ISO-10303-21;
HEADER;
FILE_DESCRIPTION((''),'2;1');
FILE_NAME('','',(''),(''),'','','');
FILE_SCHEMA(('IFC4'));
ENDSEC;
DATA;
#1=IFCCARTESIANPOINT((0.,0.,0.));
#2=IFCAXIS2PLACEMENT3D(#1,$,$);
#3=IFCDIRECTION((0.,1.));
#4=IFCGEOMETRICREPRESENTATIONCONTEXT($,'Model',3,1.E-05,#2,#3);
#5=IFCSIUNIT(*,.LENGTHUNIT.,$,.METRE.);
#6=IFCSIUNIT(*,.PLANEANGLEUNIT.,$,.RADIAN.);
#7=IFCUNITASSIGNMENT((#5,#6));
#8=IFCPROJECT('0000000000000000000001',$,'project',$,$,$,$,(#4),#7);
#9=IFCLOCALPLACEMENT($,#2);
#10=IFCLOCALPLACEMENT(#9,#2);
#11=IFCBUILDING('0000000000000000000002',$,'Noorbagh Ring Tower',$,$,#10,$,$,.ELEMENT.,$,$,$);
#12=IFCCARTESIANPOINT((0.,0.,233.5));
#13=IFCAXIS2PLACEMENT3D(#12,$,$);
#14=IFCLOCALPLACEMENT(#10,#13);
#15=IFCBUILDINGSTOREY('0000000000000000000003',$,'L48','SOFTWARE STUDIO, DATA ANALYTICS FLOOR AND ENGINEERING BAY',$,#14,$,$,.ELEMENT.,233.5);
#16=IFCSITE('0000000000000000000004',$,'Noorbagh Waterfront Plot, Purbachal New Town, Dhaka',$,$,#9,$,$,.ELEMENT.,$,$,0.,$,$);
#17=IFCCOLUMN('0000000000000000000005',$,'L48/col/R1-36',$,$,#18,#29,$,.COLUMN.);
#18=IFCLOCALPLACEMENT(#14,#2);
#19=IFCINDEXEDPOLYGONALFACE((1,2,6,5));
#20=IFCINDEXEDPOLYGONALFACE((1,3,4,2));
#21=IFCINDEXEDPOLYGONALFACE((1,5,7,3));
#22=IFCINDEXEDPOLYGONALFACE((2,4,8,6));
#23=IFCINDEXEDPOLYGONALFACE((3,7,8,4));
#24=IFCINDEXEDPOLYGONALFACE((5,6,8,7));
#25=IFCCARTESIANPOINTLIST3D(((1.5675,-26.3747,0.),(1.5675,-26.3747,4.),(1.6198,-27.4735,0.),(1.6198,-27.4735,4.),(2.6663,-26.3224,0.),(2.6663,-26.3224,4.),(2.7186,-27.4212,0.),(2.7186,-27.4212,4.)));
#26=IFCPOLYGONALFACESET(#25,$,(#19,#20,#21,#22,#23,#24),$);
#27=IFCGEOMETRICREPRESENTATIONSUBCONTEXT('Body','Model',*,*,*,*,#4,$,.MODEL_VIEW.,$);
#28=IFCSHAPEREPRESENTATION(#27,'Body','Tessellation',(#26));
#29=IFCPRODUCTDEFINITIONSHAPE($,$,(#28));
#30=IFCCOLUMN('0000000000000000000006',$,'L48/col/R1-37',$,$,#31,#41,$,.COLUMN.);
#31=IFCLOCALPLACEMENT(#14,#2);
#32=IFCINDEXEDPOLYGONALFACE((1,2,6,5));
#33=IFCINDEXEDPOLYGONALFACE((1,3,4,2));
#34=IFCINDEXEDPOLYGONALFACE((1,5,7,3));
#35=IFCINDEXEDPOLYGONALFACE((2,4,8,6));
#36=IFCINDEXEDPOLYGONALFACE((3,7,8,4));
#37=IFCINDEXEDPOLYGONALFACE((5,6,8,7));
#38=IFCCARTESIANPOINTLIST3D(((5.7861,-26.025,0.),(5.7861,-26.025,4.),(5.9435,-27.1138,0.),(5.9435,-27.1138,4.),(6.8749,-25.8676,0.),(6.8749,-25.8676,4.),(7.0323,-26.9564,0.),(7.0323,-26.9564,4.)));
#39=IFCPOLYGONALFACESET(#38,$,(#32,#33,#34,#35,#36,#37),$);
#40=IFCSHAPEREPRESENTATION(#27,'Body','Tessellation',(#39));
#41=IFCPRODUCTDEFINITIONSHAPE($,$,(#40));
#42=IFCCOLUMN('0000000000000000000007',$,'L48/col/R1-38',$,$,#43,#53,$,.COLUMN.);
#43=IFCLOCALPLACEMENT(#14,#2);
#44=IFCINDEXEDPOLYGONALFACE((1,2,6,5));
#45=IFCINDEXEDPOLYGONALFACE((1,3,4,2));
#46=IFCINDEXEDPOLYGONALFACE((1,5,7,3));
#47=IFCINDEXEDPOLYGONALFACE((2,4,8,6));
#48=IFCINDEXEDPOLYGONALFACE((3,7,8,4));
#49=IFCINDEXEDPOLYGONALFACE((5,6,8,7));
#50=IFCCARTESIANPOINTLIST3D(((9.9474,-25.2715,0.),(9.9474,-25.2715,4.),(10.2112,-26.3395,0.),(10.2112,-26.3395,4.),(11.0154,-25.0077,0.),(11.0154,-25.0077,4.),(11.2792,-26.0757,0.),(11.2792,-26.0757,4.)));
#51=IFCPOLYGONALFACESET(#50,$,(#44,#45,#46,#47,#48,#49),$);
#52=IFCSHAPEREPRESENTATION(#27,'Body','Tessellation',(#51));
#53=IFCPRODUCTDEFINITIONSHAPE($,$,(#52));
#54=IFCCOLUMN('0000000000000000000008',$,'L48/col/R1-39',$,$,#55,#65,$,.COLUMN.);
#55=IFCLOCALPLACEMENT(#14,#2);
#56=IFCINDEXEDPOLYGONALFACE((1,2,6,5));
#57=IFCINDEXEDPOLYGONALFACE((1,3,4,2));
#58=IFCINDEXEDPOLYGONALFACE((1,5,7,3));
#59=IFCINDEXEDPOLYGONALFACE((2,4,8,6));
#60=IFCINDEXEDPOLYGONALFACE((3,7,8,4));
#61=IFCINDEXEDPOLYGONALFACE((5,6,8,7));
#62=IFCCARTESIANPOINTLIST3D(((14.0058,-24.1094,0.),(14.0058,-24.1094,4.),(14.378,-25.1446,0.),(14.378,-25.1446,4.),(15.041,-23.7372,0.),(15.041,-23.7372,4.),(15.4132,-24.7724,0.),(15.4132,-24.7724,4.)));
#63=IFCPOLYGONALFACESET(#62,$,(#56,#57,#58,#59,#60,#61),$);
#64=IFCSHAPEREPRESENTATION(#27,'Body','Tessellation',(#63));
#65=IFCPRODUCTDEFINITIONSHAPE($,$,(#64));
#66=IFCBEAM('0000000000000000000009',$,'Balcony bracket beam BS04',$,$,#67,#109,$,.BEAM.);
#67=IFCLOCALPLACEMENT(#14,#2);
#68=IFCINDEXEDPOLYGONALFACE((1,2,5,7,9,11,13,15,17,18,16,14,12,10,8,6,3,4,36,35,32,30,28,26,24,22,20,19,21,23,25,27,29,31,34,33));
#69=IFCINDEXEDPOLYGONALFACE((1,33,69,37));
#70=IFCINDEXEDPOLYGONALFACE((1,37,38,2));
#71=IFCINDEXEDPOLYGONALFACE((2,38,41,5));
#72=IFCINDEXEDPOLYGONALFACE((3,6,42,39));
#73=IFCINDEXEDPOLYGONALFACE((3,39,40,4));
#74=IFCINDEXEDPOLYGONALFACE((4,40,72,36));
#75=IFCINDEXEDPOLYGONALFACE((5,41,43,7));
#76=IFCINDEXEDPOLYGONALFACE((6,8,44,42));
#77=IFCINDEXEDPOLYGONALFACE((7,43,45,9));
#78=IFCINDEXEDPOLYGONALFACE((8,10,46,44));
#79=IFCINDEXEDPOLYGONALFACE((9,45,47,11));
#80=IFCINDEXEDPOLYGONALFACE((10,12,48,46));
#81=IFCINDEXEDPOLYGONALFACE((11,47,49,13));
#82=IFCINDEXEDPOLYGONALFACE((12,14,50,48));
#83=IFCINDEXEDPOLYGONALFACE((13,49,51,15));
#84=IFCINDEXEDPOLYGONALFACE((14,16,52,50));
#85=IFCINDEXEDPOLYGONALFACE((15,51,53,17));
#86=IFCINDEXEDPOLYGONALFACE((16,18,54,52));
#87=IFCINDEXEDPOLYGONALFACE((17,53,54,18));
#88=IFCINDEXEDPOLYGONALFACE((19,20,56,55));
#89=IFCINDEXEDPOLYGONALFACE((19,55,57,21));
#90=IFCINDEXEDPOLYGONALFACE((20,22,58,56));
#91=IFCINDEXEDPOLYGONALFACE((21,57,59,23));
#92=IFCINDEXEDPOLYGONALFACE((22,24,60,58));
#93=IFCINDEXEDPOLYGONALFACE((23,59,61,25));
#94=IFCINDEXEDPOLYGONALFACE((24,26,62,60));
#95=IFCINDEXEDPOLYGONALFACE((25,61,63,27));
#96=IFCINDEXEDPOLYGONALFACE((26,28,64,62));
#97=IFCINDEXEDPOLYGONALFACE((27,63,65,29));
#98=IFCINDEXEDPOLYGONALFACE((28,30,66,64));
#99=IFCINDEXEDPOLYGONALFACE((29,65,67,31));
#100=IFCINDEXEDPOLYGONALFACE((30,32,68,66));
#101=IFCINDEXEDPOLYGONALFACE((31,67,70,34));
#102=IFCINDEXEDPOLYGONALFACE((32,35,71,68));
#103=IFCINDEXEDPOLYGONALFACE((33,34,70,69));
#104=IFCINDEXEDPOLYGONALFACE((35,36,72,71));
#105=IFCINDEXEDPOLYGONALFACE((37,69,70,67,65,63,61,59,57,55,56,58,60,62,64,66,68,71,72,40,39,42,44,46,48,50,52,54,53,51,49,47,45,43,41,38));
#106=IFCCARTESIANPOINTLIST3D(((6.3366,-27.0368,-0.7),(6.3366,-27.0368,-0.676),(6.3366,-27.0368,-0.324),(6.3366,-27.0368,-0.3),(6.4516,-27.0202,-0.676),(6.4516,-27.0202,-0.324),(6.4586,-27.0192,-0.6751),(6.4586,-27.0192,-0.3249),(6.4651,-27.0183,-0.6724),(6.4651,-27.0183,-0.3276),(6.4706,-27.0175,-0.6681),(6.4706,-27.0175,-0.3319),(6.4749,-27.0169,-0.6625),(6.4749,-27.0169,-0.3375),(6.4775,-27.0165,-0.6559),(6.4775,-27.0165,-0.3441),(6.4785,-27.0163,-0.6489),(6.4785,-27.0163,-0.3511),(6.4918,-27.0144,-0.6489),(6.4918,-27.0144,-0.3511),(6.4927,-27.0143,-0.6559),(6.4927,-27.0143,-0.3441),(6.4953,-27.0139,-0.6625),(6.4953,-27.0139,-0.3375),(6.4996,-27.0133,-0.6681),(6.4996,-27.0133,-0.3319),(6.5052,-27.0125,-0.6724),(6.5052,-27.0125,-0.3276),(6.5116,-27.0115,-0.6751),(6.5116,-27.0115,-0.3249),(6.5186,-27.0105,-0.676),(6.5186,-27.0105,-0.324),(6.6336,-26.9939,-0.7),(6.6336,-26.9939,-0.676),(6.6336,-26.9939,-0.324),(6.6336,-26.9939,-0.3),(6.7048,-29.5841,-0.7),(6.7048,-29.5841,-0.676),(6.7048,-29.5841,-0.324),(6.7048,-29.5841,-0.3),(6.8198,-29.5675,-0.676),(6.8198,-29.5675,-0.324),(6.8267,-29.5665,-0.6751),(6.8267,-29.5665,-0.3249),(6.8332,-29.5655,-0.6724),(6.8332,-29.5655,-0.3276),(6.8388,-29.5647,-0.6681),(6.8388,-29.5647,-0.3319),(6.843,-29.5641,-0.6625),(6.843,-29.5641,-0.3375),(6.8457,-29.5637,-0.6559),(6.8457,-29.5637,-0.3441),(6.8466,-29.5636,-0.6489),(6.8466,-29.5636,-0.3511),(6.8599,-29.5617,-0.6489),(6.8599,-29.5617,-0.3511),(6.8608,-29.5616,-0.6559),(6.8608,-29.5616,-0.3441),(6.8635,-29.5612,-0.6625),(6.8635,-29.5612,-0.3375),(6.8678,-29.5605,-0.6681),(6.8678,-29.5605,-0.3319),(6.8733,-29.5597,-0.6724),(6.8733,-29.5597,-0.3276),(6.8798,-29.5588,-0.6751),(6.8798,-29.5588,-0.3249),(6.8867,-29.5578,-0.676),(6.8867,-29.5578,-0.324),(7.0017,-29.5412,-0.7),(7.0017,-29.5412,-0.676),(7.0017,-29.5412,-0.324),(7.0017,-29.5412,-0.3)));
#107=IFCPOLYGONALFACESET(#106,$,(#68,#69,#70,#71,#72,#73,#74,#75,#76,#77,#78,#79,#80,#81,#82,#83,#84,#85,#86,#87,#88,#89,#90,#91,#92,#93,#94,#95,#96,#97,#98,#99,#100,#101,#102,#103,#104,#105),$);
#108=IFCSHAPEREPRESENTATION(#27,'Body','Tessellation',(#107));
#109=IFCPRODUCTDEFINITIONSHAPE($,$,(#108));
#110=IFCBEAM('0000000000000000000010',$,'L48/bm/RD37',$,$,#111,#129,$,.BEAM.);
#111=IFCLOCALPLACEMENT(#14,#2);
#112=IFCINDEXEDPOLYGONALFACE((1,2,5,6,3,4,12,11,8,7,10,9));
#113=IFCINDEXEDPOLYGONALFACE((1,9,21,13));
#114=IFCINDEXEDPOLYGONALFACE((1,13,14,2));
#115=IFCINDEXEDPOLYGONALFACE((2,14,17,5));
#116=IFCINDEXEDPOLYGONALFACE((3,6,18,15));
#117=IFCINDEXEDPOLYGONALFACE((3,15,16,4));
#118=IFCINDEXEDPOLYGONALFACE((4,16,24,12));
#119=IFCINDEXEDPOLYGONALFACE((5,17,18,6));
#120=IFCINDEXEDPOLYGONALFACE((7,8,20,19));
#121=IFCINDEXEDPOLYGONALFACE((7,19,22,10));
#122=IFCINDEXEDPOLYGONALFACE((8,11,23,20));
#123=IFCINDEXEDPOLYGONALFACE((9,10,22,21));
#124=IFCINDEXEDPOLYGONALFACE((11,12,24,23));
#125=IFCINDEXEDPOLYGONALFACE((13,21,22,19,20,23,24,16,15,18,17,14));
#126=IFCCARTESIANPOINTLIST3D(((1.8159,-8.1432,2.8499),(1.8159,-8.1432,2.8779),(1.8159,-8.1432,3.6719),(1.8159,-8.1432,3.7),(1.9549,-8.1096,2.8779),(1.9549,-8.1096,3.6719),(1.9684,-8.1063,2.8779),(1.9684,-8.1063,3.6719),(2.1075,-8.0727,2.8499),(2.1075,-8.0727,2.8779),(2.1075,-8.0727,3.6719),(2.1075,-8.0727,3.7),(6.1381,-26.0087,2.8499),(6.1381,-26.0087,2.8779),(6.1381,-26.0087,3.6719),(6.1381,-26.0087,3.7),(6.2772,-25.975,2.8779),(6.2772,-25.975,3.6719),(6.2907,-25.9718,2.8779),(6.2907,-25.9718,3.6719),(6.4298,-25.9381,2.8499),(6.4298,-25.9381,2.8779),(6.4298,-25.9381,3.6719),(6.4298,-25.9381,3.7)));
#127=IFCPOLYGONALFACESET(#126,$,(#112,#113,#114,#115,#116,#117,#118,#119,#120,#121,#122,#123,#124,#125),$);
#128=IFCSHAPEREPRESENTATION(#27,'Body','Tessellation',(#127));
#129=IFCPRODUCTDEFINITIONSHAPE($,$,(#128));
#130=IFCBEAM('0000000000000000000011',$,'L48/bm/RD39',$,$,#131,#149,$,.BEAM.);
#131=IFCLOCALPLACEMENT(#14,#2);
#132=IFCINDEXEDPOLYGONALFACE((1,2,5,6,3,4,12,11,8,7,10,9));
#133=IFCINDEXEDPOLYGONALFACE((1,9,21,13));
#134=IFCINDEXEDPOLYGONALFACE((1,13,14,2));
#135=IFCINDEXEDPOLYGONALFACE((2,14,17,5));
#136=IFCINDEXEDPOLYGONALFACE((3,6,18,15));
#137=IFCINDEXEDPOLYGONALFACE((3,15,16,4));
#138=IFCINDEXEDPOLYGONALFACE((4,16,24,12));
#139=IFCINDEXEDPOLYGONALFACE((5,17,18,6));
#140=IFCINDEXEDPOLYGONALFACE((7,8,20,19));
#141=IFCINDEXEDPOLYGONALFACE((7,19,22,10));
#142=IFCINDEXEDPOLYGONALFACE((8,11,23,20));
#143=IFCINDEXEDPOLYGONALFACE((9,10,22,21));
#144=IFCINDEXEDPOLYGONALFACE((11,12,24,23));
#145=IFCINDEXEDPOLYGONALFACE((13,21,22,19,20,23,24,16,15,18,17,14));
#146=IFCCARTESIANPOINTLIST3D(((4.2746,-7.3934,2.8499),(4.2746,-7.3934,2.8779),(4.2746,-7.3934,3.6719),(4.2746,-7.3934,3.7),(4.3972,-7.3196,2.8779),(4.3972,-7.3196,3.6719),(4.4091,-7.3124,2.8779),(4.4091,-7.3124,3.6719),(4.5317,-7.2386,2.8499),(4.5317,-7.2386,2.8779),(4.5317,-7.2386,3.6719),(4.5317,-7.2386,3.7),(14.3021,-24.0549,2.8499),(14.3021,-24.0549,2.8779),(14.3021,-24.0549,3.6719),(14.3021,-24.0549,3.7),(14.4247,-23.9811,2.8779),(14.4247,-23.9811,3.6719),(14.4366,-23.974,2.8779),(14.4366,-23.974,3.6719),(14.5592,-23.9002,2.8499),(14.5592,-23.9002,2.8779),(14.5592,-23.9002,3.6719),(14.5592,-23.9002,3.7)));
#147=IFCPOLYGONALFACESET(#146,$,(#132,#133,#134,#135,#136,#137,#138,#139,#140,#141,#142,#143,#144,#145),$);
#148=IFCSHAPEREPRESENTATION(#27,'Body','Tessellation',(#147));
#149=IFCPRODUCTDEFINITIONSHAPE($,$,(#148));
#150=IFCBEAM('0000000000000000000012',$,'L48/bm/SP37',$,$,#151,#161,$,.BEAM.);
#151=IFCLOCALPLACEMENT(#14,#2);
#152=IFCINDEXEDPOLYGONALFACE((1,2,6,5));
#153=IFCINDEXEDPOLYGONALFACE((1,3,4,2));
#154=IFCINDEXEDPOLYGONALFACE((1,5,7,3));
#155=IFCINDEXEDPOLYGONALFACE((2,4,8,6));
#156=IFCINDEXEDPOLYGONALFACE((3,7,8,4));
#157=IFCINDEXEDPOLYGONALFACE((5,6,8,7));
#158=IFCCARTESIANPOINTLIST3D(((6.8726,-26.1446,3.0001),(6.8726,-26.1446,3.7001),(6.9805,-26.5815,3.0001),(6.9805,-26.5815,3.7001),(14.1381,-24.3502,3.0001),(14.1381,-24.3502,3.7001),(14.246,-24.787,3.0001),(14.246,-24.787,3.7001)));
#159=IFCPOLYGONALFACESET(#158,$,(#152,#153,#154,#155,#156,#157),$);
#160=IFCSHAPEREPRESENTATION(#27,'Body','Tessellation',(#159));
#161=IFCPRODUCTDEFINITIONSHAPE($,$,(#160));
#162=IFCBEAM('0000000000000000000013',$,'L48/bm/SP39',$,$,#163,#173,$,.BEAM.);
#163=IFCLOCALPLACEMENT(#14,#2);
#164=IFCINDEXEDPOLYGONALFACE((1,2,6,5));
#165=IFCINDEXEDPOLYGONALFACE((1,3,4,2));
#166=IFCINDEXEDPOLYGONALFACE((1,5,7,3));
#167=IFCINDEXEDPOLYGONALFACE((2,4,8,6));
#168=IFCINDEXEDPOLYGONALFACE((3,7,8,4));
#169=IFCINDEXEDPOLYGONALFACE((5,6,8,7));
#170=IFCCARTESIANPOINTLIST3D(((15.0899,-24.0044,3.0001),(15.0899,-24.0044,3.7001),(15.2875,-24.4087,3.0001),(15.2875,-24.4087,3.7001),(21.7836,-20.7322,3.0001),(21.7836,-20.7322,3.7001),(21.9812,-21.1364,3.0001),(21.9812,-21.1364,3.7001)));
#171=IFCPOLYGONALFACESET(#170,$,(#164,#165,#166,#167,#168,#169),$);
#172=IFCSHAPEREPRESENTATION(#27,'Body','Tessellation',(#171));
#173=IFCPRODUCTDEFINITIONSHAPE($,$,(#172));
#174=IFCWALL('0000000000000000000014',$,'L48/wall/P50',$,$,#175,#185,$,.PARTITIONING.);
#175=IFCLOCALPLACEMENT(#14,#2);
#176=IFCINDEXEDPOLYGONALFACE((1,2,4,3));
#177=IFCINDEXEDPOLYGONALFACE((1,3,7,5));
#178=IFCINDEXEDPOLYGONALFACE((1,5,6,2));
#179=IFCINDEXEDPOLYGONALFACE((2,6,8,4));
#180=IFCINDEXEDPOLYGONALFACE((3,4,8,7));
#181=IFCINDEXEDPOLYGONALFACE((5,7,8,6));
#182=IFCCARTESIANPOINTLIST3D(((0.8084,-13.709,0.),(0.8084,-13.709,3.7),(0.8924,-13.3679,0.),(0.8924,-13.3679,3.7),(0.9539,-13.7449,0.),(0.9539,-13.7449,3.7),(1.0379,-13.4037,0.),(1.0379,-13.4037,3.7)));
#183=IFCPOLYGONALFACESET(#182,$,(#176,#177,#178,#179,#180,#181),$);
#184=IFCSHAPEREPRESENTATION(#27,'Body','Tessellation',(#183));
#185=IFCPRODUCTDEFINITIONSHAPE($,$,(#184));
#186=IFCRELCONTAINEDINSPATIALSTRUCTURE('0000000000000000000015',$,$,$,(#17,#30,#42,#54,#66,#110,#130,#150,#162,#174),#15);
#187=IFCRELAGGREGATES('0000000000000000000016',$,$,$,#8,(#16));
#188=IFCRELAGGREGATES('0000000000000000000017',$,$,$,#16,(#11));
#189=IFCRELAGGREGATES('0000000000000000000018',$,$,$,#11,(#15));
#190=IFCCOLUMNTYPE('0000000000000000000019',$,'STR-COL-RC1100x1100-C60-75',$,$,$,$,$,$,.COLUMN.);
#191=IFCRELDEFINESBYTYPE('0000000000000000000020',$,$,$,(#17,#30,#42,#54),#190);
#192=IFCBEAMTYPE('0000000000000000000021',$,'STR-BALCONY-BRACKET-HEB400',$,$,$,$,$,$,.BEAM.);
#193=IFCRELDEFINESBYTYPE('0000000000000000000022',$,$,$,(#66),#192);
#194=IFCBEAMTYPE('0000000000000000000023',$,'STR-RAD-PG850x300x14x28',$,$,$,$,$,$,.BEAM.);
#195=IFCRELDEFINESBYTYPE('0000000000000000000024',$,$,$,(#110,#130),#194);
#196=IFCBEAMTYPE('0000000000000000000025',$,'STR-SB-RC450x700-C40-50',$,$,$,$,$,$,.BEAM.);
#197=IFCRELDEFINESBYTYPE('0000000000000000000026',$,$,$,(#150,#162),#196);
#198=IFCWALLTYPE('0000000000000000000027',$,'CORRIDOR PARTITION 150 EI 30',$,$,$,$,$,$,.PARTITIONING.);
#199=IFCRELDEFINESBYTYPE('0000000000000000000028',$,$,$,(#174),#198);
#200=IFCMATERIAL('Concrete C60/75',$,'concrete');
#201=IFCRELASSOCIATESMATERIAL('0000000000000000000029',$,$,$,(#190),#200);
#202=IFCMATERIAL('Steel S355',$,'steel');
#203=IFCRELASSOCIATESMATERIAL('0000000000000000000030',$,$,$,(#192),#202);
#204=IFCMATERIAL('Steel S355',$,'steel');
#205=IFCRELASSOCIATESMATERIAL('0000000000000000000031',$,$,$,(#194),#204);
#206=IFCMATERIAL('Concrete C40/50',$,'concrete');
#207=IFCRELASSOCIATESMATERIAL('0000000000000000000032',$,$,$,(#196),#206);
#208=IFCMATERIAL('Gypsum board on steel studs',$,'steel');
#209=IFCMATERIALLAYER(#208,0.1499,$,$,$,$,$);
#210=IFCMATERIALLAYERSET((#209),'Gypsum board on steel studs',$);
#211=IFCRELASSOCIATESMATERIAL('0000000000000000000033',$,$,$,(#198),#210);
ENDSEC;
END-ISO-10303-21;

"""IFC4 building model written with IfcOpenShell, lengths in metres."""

from ifc_helpers import new_model, si_unit, direction, frame, frame_2d, origin, origin_2d, place, context, subcontext, project, spatial, rectangle, i_section, extrude, material, layer, layer_set, material_profile, profile_set, type_object, element, save


model = new_model("IFC4")

# Units and contexts
model_context = context("Model", 3, precision=1e-05, world=origin(), true_north=direction((0.0, 1.0)))
body_context = subcontext(model_context, "Body", "Model", "MODEL_VIEW")
ifc_project = project(units=[si_unit("LENGTHUNIT", "METRE"), si_unit("PLANEANGLEUNIT", "RADIAN")], contexts=[model_context])

# Site, building, storey
site_placement = place(None, origin())
site = spatial("IfcSite", under=ifc_project, at=site_placement, Name="Noorbagh Waterfront Plot, Purbachal New Town, Dhaka", CompositionType="ELEMENT", RefElevation=0.0)
building_placement = place(site_placement, origin())
building = spatial("IfcBuilding", under=site, at=building_placement, Name="Noorbagh Ring Tower", CompositionType="ELEMENT")
storey_placement = place(building_placement, frame((0.0, 0.0, 233.5)))
storey = spatial("IfcBuildingStorey", under=building, at=storey_placement, Name="L48", Description="SOFTWARE STUDIO, DATA ANALYTICS FLOOR AND ENGINEERING BAY", CompositionType="ELEMENT", Elevation=233.5)

# Columns
ifc_material_1 = material(Name="Concrete C60/75", Category="concrete")
ifc_material_profile_1 = material_profile(ifc_material_1, rectangle(XDim=1.1001, YDim=1.1001, at=origin_2d()), Name="RC1100x1100")
ifc_profile_set_1 = profile_set([ifc_material_profile_1], Name="Concrete C60/75")
column_type = type_object("IfcColumnType", Name="STR-COL-RC1100x1100-C60-75", PredefinedType="COLUMN", material=ifc_profile_set_1)
for number, where, z_axis, x_axis, name in (
    (1, (2.1431, -26.8979, 0.0), (0.0, 0.0, 1.0), (0.998869, 0.047553, 0.0), "L48/col/R1-36"),
    (2, (6.4092, -26.4907, 0.0), (0.0, 0.0, 1.0), (0.989713, 0.143066, 0.0), "L48/col/R1-37"),
    (3, (10.6133, -25.6736, 0.0), (0.0, 0.0, 1.0), (0.970829, 0.239771, 0.0), "L48/col/R1-38"),
    (4, (14.7095, -24.4409, 0.0), (0.0, 0.0, 1.0), (0.941025, 0.338338, 0.0), "L48/col/R1-39"),
):
    element("IfcColumn", number, at=place(storey_placement, frame(where, z_axis=z_axis, x_axis=x_axis)), inside=storey, type_object=column_type, Name=name, PredefinedType="COLUMN", context=body_context, shape_type="SweptSolid", body=[
        extrude(rectangle(XDim=1.1001, YDim=1.1001, at=origin_2d()), origin(), (0.0, 0.0, 1.0), 4.0),
    ])

# Beams
ifc_material_2 = material(Name="Steel S355", Category="steel")
ifc_material_profile_2 = material_profile(ifc_material_2, i_section(OverallWidth=0.3, OverallDepth=0.3999, WebThickness=0.0134, FlangeThickness=0.0239, FilletRadius=0.0271, at=origin_2d()), Name="HEB400")
ifc_profile_set_2 = profile_set([ifc_material_profile_2], Name="Steel S355")
beam_type_1 = type_object("IfcBeamType", Name="STR-BALCONY-BRACKET-HEB400", PredefinedType="BEAM", material=ifc_profile_set_2)
beam_1_placement = place(storey_placement, frame((6.4851, -27.0154, -0.5), z_axis=(0.143041, -0.989717, 0.0), x_axis=(0.989717, 0.143041, 0.0)))
element("IfcBeam", 5, at=beam_1_placement, inside=storey, type_object=beam_type_1, Name="Balcony bracket beam BS04", PredefinedType="BEAM", context=body_context, shape_type="SweptSolid", body=[
    extrude(i_section(OverallWidth=0.3, OverallDepth=0.3999, WebThickness=0.0134, FlangeThickness=0.0239, FilletRadius=0.0271, at=origin_2d()), origin(), (0.0, 0.0, 1.0), 2.5737),
])
ifc_material_3 = material(Name="Steel S355", Category="steel")
ifc_material_profile_3 = material_profile(ifc_material_3, i_section(OverallWidth=0.3, OverallDepth=0.8501, WebThickness=0.0139, FlangeThickness=0.0281, at=origin_2d()), Name="PG850x300x14x28")
ifc_profile_set_3 = profile_set([ifc_material_profile_3], Name="Steel S355")
beam_type_2 = type_object("IfcBeamType", Name="STR-RAD-PG850x300x14x28", PredefinedType="BEAM", material=ifc_profile_set_3)
beam_2_placement = place(storey_placement, frame((6.2839, -25.9734, 3.2749), z_axis=(-0.23515, 0.971959, 0.0), x_axis=(-0.971959, -0.23515, 0.0)))
element("IfcBeam", 6, at=beam_2_placement, inside=storey, type_object=beam_type_2, Name="L48/bm/RD37", PredefinedType="BEAM", context=body_context, shape_type="SweptSolid", body=[
    extrude(i_section(OverallWidth=0.3, OverallDepth=0.8501, WebThickness=0.0139, FlangeThickness=0.0281, at=origin_2d()), origin(), (0.0, 0.0, 1.0), 18.3809),
])
beam_3_placement = place(storey_placement, frame((14.4307, -23.9775, 3.2749), z_axis=(-0.515653, 0.856798, 0.0), x_axis=(-0.856798, -0.515653, 0.0)))
element("IfcBeam", 7, at=beam_3_placement, inside=storey, type_object=beam_type_2, Name="L48/bm/RD39", PredefinedType="BEAM", context=body_context, shape_type="SweptSolid", body=[
    extrude(i_section(OverallWidth=0.3, OverallDepth=0.8501, WebThickness=0.0139, FlangeThickness=0.0281, at=origin_2d()), origin(), (0.0, 0.0, 1.0), 19.4463),
])
ifc_material_4 = material(Name="Concrete C40/50", Category="concrete")
ifc_material_profile_4 = material_profile(ifc_material_4, rectangle(XDim=0.45, YDim=0.7, at=origin_2d()), Name="RC450x700")
ifc_profile_set_4 = profile_set([ifc_material_profile_4], Name="Concrete C40/50")
beam_type_3 = type_object("IfcBeamType", Name="STR-SB-RC450x700-C40-50", PredefinedType="BEAM", material=ifc_profile_set_4)
beam_4_placement = place(storey_placement, frame((6.9265, -26.363, 3.3501), z_axis=(0.970829, 0.239771, 0.0), x_axis=(-0.239771, 0.970829, 0.0)))
element("IfcBeam", 8, at=beam_4_placement, inside=storey, type_object=beam_type_3, Name="L48/bm/SP37", PredefinedType="BEAM", context=body_context, shape_type="SweptSolid", body=[
    extrude(rectangle(XDim=0.45, YDim=0.7, at=origin_2d()), origin(), (0.0, 0.0, 1.0), 7.4839),
])
beam_5_placement = place(storey_placement, frame((15.1887, -24.2065, 3.3501), z_axis=(0.898396, 0.439187, 0.0), x_axis=(-0.439187, 0.898396, 0.0)))
element("IfcBeam", 9, at=beam_5_placement, inside=storey, type_object=beam_type_3, Name="L48/bm/SP39", PredefinedType="BEAM", context=body_context, shape_type="SweptSolid", body=[
    extrude(rectangle(XDim=0.45, YDim=0.7, at=origin_2d()), origin(), (0.0, 0.0, 1.0), 7.4507),
])

# Wall
ifc_material_5 = material(Name="Gypsum board on steel studs", Category="steel")
ifc_layer_1 = layer(ifc_material_5, 0.1499)
ifc_layer_set_1 = layer_set([ifc_layer_1], Name="Gypsum board on steel studs")
wall_type_1 = type_object("IfcWallType", Name="CORRIDOR PARTITION 150 EI 30", PredefinedType="PARTITIONING", material=ifc_layer_set_1)
wall_1_placement = place(storey_placement, frame((0.8811, -13.7271, 0.0), z_axis=(0.0, 0.0, 1.0), x_axis=(0.2391, 0.970995, 0.0)))
element("IfcWall", 10, at=wall_1_placement, inside=storey, type_object=wall_type_1, Name="L48/wall/P50", PredefinedType="PARTITIONING", context=body_context, shape_type="SweptSolid", body=[
    extrude(rectangle(XDim=0.3513, YDim=0.1499, at=frame_2d((0.1758, 0.0))), origin(), (0.0, 0.0, 1.0), 3.7),
])

save(model, "model.ifc")
